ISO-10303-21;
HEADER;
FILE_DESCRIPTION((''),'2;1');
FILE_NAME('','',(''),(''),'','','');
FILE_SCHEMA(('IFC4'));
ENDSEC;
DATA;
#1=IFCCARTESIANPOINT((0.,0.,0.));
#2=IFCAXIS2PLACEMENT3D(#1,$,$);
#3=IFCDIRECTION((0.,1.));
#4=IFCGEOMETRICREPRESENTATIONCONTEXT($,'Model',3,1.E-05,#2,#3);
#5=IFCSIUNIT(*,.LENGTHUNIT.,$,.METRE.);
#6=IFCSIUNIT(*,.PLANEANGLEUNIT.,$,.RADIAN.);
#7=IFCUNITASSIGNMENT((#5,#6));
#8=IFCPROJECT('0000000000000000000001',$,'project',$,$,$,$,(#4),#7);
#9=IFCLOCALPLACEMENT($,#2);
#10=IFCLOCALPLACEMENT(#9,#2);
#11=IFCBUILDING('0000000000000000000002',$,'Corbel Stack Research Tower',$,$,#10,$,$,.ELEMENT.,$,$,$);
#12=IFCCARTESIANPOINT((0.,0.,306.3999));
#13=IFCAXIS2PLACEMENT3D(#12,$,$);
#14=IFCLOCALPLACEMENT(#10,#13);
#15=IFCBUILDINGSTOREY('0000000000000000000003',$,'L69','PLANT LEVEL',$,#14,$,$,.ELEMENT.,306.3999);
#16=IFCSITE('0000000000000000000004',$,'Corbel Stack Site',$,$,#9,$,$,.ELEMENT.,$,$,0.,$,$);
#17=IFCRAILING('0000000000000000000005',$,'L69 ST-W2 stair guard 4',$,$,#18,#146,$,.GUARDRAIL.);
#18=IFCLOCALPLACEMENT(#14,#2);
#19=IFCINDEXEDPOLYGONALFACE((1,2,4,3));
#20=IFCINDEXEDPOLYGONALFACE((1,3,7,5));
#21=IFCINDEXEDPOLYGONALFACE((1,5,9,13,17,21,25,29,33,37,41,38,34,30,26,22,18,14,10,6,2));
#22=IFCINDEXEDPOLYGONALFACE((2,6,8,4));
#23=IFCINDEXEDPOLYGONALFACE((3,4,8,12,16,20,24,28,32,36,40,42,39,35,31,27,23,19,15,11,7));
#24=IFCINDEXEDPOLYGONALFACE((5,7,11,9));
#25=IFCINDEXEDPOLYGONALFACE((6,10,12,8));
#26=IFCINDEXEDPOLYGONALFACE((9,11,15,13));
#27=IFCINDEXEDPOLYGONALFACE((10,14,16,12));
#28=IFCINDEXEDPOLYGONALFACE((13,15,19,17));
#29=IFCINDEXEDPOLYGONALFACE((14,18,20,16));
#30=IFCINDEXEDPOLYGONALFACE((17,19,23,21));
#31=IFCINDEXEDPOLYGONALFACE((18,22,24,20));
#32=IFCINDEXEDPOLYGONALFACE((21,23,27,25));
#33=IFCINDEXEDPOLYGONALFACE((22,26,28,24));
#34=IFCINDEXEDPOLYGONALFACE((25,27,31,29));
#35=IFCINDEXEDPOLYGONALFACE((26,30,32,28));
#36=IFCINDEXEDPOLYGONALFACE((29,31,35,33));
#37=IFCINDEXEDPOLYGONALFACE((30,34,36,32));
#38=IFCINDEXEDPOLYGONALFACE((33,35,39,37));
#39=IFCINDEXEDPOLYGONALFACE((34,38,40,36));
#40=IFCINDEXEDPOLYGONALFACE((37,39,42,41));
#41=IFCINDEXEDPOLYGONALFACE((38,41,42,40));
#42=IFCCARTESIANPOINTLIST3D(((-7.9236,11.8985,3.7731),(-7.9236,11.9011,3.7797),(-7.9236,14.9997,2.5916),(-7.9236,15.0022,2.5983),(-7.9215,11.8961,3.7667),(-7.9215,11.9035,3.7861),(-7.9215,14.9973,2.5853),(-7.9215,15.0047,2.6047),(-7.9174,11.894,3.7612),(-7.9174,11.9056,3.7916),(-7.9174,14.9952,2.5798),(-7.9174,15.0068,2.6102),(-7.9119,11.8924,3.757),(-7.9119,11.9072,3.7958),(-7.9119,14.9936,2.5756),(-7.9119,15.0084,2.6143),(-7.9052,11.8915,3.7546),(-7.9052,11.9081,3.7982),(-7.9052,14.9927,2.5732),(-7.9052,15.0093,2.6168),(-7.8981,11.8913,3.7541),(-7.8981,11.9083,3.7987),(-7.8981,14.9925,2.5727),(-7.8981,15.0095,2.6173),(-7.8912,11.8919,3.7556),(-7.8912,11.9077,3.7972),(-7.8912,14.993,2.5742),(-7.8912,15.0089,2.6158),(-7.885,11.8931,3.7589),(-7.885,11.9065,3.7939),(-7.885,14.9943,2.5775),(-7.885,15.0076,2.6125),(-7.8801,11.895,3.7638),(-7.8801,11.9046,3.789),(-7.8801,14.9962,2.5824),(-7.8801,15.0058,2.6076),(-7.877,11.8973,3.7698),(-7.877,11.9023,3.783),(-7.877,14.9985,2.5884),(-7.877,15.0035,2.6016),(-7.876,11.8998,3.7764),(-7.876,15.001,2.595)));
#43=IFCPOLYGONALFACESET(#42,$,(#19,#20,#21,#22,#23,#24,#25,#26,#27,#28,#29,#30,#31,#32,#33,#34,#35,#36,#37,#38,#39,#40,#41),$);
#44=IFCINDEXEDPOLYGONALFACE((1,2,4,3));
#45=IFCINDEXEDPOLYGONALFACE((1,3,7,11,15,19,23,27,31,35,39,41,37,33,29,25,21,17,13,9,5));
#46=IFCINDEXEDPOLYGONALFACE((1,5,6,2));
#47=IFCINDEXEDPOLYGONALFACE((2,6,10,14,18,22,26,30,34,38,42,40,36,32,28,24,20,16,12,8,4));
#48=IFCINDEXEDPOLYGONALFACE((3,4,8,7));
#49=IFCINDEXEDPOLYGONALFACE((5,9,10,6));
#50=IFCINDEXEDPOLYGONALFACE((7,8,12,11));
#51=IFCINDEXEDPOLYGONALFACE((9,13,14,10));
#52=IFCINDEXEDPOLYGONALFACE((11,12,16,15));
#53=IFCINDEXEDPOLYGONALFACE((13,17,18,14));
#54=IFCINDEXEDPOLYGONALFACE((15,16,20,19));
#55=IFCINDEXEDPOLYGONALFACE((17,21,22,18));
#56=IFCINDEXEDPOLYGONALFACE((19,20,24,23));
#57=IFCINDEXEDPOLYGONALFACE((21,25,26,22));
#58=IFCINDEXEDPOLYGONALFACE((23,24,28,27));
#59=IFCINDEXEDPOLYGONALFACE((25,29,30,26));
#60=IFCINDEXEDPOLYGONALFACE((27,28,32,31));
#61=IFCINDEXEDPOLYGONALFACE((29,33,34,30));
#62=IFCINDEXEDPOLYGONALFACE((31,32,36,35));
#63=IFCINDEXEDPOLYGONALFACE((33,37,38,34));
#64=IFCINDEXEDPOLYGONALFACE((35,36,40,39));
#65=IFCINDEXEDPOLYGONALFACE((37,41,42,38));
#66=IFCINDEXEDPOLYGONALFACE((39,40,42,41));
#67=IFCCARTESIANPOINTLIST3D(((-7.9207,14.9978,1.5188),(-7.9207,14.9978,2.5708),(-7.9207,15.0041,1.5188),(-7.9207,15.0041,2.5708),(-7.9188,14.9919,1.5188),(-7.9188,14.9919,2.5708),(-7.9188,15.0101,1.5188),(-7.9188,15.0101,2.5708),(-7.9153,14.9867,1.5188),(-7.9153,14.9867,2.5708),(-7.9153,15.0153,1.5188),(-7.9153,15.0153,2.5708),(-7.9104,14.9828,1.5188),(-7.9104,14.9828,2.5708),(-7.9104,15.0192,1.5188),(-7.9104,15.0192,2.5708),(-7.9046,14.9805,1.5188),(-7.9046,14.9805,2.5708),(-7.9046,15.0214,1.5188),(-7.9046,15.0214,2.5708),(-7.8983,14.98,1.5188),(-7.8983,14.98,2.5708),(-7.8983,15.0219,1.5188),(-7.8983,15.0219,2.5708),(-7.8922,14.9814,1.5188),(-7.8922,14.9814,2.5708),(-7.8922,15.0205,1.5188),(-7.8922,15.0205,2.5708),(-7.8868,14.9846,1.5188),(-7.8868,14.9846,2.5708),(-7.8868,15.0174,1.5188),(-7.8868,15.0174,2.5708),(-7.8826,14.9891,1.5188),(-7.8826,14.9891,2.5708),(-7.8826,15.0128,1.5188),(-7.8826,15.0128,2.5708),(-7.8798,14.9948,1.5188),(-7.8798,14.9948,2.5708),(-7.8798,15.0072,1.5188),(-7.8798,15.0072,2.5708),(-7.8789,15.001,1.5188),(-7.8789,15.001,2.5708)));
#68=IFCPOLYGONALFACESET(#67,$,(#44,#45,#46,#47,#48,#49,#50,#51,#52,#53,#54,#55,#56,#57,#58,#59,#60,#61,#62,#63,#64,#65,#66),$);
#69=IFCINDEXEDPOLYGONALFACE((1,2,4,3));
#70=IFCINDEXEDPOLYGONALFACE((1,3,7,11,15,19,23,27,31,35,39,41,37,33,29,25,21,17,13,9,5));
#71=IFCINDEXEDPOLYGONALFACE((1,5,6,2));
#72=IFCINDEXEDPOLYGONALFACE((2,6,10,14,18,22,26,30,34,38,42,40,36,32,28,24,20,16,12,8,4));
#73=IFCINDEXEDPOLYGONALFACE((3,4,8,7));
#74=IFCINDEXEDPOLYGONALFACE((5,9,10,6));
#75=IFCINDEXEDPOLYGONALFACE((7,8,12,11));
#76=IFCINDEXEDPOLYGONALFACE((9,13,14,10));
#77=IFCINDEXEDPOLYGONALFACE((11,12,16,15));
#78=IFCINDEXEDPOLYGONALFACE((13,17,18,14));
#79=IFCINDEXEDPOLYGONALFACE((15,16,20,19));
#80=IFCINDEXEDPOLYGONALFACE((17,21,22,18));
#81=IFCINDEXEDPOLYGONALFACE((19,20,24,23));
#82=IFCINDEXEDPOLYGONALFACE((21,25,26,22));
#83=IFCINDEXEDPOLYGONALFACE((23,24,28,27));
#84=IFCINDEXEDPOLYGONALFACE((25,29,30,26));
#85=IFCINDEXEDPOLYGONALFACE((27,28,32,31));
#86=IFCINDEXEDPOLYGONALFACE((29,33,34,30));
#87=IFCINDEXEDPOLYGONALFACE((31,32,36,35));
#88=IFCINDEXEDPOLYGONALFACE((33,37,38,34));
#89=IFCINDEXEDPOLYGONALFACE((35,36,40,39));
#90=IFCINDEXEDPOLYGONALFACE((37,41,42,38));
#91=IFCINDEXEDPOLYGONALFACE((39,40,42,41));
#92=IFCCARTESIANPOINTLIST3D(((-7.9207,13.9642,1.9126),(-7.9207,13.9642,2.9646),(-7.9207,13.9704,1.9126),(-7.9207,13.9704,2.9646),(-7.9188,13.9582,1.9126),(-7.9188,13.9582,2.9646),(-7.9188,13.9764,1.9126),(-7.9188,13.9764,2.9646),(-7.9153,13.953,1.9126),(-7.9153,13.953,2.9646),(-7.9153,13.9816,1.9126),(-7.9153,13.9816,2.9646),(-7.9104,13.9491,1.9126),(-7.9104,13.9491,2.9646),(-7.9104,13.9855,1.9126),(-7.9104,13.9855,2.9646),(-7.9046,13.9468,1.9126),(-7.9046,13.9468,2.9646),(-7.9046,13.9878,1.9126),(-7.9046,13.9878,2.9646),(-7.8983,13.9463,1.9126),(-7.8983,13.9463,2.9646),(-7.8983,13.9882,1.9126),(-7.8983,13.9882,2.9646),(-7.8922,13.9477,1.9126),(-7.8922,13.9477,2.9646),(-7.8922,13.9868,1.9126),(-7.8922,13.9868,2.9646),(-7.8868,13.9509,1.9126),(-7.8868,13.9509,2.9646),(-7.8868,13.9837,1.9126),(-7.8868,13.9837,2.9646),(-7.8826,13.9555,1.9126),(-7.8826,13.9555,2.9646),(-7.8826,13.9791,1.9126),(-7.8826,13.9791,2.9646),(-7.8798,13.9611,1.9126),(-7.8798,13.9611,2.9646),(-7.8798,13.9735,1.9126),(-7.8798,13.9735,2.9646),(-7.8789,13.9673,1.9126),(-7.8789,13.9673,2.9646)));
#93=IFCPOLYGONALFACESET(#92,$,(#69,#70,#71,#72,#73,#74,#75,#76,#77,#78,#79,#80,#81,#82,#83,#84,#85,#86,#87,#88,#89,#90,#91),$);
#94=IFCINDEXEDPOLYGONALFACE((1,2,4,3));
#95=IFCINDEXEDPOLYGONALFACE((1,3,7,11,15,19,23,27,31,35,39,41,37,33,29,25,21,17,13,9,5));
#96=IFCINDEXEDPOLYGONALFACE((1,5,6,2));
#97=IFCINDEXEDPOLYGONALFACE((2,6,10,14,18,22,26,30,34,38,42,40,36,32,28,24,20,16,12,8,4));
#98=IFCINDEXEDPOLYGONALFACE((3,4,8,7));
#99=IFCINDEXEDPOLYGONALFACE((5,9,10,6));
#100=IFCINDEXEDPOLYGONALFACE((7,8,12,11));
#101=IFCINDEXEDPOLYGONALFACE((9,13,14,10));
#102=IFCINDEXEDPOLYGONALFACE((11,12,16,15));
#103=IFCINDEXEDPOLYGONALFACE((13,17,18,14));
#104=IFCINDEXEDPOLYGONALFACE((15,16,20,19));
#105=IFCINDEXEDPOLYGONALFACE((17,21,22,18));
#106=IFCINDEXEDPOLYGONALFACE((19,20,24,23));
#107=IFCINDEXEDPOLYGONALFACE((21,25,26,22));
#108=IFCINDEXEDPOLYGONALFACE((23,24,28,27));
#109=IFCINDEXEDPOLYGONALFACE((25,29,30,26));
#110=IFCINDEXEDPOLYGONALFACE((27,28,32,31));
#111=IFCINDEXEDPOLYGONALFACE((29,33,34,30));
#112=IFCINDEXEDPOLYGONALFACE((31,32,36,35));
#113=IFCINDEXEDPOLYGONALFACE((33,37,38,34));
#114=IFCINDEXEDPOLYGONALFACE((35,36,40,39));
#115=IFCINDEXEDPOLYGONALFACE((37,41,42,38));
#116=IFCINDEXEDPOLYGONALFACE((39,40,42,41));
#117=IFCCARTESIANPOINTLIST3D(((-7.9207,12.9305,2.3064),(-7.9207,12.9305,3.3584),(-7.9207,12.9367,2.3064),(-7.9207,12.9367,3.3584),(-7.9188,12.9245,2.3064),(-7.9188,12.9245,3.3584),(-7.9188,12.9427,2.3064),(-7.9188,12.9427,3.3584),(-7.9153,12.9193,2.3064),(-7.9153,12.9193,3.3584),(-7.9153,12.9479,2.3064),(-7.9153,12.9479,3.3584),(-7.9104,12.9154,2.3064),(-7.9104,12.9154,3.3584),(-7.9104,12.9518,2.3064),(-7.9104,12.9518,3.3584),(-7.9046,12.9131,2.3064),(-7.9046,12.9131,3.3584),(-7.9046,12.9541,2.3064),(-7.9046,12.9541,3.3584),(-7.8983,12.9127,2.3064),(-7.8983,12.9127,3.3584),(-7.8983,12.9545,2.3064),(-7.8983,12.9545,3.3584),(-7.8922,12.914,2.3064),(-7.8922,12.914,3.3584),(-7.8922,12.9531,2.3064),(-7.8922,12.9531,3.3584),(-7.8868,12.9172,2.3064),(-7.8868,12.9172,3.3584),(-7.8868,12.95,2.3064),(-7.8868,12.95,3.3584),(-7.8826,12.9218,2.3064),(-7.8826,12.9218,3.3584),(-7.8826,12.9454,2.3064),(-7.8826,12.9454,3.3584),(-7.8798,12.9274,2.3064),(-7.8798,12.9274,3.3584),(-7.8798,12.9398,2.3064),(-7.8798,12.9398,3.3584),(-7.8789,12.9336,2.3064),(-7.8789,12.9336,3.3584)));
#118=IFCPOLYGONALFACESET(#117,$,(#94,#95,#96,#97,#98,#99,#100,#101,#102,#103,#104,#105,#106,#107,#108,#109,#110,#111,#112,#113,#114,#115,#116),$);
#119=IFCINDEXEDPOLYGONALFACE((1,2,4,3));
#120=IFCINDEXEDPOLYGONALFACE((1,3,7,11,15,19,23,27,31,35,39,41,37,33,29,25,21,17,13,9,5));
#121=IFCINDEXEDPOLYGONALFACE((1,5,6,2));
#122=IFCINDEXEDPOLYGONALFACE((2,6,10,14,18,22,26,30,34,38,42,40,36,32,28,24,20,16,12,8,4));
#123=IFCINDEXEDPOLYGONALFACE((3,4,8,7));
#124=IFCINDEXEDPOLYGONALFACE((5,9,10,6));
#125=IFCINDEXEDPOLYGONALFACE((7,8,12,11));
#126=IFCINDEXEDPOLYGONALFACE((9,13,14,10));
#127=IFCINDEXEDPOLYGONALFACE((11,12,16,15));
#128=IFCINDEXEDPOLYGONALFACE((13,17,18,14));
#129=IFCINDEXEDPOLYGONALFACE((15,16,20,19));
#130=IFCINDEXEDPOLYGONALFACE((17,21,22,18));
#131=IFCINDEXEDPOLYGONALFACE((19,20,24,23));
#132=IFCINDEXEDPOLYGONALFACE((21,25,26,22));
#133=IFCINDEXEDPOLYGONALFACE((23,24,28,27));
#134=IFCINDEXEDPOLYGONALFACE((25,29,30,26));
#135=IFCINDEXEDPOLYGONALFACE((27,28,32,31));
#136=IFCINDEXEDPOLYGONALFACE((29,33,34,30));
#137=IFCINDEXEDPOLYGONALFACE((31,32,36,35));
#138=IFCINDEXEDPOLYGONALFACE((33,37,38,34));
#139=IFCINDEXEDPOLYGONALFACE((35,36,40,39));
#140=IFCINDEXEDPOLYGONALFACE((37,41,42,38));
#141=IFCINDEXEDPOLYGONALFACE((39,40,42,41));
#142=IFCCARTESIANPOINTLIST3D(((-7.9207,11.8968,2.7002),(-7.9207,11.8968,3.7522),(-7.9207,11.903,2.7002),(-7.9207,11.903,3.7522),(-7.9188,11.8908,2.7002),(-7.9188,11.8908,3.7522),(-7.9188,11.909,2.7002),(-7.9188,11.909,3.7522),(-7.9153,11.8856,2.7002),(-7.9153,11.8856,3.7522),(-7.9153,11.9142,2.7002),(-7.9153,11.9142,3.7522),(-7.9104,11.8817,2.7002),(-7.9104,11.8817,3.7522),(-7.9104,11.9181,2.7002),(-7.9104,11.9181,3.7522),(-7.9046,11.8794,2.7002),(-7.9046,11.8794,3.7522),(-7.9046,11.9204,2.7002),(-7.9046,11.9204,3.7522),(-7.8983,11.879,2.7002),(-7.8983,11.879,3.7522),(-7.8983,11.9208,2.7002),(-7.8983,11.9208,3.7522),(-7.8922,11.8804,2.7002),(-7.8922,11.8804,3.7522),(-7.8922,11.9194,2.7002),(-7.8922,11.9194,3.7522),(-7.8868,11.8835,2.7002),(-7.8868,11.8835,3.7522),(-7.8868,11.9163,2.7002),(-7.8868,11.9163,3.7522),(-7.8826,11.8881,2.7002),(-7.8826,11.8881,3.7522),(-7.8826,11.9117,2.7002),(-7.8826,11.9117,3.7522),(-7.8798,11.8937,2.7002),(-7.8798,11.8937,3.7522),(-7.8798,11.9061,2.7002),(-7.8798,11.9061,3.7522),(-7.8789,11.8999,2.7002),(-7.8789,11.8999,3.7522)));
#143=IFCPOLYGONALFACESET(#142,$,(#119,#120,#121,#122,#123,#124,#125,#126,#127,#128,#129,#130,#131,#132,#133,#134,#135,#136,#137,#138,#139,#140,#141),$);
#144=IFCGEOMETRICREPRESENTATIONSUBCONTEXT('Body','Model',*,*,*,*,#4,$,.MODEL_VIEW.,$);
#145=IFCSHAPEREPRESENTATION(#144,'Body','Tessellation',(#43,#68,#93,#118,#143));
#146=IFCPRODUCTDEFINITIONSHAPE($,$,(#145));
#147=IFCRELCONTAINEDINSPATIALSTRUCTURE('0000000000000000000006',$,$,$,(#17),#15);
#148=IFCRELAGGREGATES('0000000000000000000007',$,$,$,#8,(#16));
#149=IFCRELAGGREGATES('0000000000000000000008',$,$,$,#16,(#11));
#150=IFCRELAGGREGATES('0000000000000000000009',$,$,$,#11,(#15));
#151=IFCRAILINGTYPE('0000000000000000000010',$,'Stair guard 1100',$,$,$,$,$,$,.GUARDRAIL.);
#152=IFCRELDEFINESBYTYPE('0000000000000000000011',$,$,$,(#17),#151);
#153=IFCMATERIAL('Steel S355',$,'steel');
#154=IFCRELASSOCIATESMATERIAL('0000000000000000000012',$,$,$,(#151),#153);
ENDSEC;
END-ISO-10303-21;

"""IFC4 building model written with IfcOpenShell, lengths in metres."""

from ifc_helpers import new_model, si_unit, direction, frame, origin, origin_2d, place, context, subcontext, project, spatial, circle, extrude, material, type_object, element, save


model = new_model("IFC4")

# Units and contexts
model_context = context("Model", 3, precision=1e-05, world=origin(), true_north=direction((0.0, 1.0)))
body_context = subcontext(model_context, "Body", "Model", "MODEL_VIEW")
ifc_project = project(units=[si_unit("LENGTHUNIT", "METRE"), si_unit("PLANEANGLEUNIT", "RADIAN")], contexts=[model_context])

# Site, building, storey
site_placement = place(None, origin())
site = spatial("IfcSite", under=ifc_project, at=site_placement, Name="Corbel Stack Site", CompositionType="ELEMENT", RefElevation=0.0)
building_placement = place(site_placement, origin())
building = spatial("IfcBuilding", under=site, at=building_placement, Name="Corbel Stack Research Tower", CompositionType="ELEMENT")
storey_placement = place(building_placement, frame((0.0, 0.0, 306.3999)))
storey = spatial("IfcBuildingStorey", under=building, at=storey_placement, Name="L69", Description="PLANT LEVEL", CompositionType="ELEMENT", Elevation=306.3999)

# Railing
ifc_material_1 = material(Name="Steel S355", Category="steel")
railing_type_1 = type_object("IfcRailingType", Name="Stair guard 1100", PredefinedType="GUARDRAIL", material=ifc_material_1)
railing_1_placement = place(storey_placement, frame((-7.8999, 15.001, 1.5188)))
element("IfcRailing", 1, at=railing_1_placement, inside=storey, type_object=railing_type_1, Name="L69 ST-W2 stair guard 4", PredefinedType="GUARDRAIL", context=body_context, shape_type="SweptSolid", body=[
    extrude(circle(Radius=0.0239, at=origin_2d()), frame((0.0, 0.0, 1.0762), z_axis=(0.0, -0.934484, 0.356005), x_axis=(1.0, 0.0, 0.0)), (0.0, 0.0, 1.0), 3.3186),
    extrude(circle(Radius=0.021, at=origin_2d()), origin(), (0.0, 0.0, 1.0), 1.052),
    extrude(circle(Radius=0.021, at=origin_2d()), frame((0.0, -1.0337, 0.3938)), (0.0, 0.0, 1.0), 1.052),
    extrude(circle(Radius=0.021, at=origin_2d()), frame((0.0, -2.0674, 0.7876)), (0.0, 0.0, 1.0), 1.052),
    extrude(circle(Radius=0.021, at=origin_2d()), frame((0.0, -3.1011, 1.1814)), (0.0, 0.0, 1.0), 1.052),
])

save(model, "model.ifc")
